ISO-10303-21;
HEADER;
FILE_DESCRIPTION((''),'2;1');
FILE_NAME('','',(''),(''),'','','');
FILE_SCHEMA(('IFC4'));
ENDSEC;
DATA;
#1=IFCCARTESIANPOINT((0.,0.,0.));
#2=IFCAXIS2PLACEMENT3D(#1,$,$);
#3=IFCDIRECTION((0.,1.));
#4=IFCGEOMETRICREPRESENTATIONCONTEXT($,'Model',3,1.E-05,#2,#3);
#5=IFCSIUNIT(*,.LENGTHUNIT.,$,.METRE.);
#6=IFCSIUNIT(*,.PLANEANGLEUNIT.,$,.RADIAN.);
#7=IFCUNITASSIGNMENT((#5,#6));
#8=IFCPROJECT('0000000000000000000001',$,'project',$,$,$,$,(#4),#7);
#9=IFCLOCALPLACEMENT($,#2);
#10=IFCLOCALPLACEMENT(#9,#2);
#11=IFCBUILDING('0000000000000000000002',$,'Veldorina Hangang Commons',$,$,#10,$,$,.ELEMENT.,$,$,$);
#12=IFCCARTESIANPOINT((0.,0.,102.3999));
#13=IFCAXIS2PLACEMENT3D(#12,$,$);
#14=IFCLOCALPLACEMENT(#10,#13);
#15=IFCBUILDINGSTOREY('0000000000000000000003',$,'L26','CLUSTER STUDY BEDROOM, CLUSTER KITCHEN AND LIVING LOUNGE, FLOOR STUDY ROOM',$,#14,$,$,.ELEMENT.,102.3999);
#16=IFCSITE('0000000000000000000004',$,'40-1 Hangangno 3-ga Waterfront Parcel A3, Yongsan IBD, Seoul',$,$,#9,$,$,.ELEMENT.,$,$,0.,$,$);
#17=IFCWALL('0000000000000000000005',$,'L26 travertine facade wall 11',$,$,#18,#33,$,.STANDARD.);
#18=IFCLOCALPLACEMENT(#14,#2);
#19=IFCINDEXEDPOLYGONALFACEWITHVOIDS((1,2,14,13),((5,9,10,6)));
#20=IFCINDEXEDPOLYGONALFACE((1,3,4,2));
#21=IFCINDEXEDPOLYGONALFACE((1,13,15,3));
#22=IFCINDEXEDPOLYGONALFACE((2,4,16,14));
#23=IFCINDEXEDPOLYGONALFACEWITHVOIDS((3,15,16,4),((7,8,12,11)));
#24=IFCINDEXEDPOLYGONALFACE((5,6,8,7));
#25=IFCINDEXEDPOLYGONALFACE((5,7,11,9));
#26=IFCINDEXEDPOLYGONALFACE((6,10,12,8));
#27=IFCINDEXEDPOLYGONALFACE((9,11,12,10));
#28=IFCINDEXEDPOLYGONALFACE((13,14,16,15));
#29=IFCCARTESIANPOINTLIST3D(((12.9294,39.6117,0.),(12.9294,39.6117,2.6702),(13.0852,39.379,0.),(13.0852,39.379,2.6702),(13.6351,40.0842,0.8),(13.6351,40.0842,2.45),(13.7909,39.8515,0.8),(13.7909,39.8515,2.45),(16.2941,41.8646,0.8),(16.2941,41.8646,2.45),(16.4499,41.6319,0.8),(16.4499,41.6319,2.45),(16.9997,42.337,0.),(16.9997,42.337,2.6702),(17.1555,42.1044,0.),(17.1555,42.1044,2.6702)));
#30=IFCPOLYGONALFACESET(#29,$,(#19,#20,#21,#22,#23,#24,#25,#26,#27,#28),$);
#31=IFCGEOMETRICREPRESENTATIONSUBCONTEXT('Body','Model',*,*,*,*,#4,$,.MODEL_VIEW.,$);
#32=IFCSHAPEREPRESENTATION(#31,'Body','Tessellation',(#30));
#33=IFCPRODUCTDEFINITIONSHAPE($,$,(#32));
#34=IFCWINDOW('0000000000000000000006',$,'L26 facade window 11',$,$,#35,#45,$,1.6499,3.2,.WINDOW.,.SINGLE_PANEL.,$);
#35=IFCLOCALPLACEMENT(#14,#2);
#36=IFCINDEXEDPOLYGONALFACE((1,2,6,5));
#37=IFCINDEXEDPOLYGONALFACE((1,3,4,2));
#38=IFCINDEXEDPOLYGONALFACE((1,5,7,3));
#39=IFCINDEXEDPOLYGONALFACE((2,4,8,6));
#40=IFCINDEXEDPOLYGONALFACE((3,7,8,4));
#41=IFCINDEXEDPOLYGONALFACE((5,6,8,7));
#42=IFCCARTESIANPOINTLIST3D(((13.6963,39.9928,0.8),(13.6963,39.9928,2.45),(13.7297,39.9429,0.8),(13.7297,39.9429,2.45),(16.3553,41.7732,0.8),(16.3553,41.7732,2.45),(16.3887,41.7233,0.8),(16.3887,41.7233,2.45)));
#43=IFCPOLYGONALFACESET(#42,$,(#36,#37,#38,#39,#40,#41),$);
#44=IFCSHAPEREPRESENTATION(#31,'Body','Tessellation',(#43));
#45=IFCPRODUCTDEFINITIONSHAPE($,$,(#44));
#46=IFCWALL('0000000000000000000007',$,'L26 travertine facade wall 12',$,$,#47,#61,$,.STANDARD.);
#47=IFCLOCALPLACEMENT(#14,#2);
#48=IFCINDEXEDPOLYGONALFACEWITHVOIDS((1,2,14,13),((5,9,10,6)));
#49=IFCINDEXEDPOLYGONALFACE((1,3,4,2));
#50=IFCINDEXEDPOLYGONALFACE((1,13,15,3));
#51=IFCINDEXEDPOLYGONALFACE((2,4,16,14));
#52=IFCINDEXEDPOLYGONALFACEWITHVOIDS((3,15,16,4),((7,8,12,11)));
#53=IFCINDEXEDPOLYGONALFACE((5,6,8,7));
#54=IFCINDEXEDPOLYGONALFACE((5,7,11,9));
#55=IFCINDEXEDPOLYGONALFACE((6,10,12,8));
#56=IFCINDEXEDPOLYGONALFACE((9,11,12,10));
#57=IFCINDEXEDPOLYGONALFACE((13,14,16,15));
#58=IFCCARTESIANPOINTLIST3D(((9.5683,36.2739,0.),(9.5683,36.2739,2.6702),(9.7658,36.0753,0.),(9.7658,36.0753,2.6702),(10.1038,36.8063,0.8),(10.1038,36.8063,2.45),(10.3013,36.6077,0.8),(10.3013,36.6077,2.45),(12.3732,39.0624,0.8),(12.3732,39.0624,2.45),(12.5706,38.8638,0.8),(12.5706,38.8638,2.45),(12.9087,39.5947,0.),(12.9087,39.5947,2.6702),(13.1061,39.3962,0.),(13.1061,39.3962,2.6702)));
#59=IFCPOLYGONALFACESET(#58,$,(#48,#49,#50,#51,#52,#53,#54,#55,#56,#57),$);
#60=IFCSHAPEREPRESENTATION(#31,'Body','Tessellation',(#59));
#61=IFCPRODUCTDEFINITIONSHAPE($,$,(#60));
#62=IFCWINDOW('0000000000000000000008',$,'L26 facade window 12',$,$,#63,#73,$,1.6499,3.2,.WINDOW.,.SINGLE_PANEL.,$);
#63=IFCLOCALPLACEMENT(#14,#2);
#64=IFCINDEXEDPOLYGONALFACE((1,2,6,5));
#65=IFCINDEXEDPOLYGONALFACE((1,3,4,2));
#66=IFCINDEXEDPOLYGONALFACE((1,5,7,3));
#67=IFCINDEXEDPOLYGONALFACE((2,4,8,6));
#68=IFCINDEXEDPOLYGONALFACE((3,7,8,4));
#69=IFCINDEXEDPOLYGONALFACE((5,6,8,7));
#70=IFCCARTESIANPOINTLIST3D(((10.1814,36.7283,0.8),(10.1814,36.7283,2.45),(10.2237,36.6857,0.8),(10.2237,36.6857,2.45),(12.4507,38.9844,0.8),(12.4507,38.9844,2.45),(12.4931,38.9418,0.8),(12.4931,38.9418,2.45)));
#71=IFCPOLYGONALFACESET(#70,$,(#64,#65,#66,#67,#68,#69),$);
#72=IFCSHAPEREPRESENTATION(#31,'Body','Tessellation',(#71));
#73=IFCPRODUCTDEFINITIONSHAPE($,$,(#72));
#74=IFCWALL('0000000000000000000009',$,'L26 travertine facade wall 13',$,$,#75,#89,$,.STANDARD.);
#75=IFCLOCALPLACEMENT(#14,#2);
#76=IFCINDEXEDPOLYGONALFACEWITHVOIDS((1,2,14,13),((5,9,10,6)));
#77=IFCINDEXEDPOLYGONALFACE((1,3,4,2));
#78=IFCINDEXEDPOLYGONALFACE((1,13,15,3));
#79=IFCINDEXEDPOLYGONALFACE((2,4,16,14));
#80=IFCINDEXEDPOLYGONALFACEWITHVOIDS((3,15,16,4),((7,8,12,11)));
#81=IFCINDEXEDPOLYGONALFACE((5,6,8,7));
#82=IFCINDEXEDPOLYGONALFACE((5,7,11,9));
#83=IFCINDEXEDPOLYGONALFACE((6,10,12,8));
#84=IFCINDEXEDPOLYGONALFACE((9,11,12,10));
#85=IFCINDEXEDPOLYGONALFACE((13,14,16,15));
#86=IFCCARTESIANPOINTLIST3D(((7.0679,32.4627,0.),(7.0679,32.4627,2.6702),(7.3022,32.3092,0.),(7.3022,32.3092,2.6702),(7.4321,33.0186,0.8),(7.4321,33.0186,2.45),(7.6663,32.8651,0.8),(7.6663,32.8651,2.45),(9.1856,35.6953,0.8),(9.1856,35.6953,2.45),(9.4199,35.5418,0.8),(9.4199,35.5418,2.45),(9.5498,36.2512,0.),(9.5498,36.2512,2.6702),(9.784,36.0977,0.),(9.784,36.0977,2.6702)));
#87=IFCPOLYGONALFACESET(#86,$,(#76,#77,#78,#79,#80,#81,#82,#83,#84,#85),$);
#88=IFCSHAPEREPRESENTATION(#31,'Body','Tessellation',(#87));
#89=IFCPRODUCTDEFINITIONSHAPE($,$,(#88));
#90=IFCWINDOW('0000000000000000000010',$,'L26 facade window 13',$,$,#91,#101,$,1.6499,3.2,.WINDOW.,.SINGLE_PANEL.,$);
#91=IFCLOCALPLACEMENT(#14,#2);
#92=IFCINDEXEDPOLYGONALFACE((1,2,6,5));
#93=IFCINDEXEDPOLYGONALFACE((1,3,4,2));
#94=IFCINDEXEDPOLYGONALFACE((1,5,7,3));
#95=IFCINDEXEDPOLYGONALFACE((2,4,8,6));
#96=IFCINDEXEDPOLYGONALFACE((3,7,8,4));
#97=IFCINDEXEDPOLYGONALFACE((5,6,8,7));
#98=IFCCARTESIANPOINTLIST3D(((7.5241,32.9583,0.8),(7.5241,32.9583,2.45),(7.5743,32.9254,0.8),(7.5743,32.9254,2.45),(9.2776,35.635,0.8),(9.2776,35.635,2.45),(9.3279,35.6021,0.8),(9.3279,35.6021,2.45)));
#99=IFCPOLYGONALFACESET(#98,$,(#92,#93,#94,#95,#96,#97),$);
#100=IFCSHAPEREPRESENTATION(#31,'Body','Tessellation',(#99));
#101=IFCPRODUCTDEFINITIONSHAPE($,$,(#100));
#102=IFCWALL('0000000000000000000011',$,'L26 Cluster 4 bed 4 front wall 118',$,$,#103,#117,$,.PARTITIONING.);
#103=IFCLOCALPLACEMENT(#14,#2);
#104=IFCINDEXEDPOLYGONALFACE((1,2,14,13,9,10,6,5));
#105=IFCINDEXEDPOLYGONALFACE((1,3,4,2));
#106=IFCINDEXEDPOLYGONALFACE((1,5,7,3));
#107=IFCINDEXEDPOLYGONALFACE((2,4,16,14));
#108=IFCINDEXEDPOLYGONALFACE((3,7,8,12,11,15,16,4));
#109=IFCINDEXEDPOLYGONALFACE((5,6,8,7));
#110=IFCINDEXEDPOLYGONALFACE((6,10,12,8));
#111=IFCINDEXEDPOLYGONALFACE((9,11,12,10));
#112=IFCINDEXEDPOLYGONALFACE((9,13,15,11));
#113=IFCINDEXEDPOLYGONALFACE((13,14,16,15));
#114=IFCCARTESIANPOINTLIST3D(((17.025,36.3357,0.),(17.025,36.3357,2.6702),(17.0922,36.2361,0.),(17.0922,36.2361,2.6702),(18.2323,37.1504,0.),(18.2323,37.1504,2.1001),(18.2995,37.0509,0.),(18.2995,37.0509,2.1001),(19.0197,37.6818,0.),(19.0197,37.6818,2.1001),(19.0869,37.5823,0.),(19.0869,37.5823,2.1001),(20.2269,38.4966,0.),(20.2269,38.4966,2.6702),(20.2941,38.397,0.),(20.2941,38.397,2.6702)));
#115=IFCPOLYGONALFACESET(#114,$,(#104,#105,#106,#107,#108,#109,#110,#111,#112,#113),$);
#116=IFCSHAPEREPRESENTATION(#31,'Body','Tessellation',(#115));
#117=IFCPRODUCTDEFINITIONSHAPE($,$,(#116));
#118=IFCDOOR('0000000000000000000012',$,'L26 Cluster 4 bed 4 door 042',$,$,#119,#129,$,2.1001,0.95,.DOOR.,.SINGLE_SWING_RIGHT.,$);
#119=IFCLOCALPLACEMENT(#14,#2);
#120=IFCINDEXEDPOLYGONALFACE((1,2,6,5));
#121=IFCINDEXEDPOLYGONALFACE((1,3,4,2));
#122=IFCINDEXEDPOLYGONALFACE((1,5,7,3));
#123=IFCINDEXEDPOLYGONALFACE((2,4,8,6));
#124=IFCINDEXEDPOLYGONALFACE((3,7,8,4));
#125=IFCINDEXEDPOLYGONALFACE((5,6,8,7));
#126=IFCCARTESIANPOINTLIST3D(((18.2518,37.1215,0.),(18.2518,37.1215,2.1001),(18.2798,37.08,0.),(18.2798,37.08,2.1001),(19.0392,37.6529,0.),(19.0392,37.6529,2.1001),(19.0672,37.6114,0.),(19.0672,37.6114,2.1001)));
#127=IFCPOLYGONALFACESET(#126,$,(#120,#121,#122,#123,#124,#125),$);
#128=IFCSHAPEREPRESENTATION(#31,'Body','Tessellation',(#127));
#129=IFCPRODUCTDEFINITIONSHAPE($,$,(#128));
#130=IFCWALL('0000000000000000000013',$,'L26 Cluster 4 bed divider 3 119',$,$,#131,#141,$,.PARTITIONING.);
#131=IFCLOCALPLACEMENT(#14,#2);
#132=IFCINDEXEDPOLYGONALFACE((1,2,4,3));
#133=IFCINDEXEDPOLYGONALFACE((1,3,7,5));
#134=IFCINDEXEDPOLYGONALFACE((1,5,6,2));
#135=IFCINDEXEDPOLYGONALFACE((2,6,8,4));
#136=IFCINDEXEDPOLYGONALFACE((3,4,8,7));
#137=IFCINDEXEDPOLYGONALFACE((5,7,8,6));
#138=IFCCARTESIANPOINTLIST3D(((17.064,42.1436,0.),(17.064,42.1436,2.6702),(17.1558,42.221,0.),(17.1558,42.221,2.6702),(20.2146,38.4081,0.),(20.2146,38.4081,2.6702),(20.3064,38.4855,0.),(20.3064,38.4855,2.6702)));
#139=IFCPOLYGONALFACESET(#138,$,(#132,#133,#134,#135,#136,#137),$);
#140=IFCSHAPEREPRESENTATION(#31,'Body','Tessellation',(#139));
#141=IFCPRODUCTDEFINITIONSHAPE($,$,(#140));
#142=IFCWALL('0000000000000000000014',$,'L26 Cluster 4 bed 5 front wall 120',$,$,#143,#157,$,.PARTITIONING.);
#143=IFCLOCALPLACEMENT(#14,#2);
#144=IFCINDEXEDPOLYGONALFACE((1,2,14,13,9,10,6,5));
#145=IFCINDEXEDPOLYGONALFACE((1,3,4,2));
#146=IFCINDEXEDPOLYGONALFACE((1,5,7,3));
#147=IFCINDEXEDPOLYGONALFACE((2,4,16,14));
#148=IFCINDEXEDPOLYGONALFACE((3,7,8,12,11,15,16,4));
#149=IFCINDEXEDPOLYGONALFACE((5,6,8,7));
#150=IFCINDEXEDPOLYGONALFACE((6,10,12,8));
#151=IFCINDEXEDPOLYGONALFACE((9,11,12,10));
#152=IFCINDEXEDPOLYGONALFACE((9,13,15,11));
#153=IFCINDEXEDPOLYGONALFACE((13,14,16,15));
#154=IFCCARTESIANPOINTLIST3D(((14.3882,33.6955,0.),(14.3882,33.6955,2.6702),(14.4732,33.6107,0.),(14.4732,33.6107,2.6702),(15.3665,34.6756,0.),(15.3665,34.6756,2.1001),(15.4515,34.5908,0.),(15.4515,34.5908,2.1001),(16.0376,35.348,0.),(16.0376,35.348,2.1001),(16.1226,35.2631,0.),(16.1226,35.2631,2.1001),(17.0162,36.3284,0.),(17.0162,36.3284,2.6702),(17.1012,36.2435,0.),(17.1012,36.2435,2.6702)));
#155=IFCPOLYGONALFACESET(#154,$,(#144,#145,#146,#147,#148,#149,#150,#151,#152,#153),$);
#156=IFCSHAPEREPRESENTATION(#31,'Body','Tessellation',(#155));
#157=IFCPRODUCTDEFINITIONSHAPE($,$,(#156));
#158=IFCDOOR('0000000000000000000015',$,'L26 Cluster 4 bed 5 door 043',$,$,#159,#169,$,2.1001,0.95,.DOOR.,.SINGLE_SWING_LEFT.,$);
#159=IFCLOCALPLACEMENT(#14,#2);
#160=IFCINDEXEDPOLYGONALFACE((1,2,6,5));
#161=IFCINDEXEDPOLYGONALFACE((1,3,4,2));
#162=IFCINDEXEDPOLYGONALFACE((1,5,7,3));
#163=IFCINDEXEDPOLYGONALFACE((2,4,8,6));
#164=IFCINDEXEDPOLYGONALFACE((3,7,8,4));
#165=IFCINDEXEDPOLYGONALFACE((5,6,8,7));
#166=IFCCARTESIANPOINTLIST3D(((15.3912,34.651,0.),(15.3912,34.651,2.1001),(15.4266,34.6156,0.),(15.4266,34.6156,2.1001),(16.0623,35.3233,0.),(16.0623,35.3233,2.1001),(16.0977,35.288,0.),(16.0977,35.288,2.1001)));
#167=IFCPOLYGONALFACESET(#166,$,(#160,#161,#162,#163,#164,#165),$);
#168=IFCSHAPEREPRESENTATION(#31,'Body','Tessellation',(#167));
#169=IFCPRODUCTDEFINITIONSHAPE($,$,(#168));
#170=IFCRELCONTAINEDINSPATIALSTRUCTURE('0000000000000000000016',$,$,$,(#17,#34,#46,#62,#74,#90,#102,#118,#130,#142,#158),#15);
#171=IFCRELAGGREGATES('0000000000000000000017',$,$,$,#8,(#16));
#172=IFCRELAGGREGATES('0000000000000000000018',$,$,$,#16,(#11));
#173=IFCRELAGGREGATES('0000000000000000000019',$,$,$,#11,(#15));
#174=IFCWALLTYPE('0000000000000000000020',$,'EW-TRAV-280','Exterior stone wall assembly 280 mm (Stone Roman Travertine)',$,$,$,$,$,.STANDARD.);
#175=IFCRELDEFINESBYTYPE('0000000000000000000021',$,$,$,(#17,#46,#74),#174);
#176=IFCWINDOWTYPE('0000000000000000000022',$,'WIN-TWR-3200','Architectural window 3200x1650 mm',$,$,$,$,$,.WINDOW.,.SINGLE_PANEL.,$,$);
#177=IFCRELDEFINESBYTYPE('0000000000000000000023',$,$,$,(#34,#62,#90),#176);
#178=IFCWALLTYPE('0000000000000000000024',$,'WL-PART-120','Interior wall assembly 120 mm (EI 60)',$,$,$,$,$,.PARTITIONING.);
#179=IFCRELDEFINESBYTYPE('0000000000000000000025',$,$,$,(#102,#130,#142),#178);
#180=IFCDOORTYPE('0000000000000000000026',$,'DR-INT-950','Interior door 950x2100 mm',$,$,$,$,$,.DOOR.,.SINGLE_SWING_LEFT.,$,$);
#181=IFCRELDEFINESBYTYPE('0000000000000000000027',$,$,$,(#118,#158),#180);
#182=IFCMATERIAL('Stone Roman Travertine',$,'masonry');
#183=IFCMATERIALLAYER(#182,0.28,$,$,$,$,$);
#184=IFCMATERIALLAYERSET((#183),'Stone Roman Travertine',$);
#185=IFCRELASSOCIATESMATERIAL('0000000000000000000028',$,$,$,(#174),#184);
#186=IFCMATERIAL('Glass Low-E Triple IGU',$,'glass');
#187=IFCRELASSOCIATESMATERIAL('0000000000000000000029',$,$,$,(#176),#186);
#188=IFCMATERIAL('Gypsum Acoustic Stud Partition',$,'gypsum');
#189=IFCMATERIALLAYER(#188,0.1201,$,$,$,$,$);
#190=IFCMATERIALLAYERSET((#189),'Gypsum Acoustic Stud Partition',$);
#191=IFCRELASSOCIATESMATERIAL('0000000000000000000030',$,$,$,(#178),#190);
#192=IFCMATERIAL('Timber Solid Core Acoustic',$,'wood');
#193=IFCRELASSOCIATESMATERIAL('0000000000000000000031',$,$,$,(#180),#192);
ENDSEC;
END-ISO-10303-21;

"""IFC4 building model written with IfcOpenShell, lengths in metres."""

from ifc_helpers import new_model, si_unit, direction, frame, frame_2d, origin, place, context, subcontext, project, spatial, rectangle, extrude, material, layer, layer_set, type_object, element, fill, save


model = new_model("IFC4")

# Units and contexts
model_context = context("Model", 3, precision=1e-05, world=origin(), true_north=direction((0.0, 1.0)))
body_context = subcontext(model_context, "Body", "Model", "MODEL_VIEW")
ifc_project = project(units=[si_unit("LENGTHUNIT", "METRE"), si_unit("PLANEANGLEUNIT", "RADIAN")], contexts=[model_context])

# Site, building, storey
site_placement = place(None, origin())
site = spatial("IfcSite", under=ifc_project, at=site_placement, Name="40-1 Hangangno 3-ga Waterfront Parcel A3, Yongsan IBD, Seoul", CompositionType="ELEMENT", RefElevation=0.0)
building_placement = place(site_placement, origin())
building = spatial("IfcBuilding", under=site, at=building_placement, Name="Veldorina Hangang Commons", CompositionType="ELEMENT")
storey_placement = place(building_placement, frame((0.0, 0.0, 102.3999)))
storey = spatial("IfcBuildingStorey", under=building, at=storey_placement, Name="L26", Description="CLUSTER STUDY BEDROOM, CLUSTER KITCHEN AND LIVING LOUNGE, FLOOR STUDY ROOM", CompositionType="ELEMENT", Elevation=102.3999)

# Walls, openings, windows
ifc_material_1 = material(Name="Stone Roman Travertine", Category="masonry")
ifc_layer_1 = layer(ifc_material_1, 0.28)
ifc_layer_set_1 = layer_set([ifc_layer_1], Name="Stone Roman Travertine")
wall_type_1 = type_object("IfcWallType", Name="EW-TRAV-280", Description="Exterior stone wall assembly 280 mm (Stone Roman Travertine)", PredefinedType="STANDARD", material=ifc_layer_set_1)
wall_1_placement = place(storey_placement, frame((17.0776, 42.2207, 0.0), z_axis=(0.0, 0.0, 1.0), x_axis=(-0.830937, -0.556367, 0.0)))
wall_1 = element("IfcWall", 1, at=wall_1_placement, inside=storey, type_object=wall_type_1, Name="L26 travertine facade wall 11", PredefinedType="STANDARD", context=body_context, shape_type="SweptSolid", body=[
    extrude(rectangle(XDim=4.8984, YDim=0.28, at=frame_2d((2.4492, 0.0))), origin(), (0.0, 0.0, 1.0), 2.6702),
])
opening_1_placement = place(wall_1_placement, frame((0.8491, 0.0, 0.8)))
opening_1 = element("IfcOpeningElement", 2, at=opening_1_placement, cuts=wall_1, PredefinedType="OPENING", context=body_context, shape_type="SweptSolid", body=[
    extrude(rectangle(XDim=3.2, YDim=1.6499, at=frame_2d((1.6001, 0.825))), frame((0.0, 0.1499, 0.0), z_axis=(0.0, -1.0, 0.0), x_axis=(1.0, 0.0, 0.0)), (0.0, 0.0, 1.0), 0.3),
])
ifc_material_2 = material(Name="Glass Low-E Triple IGU", Category="glass")
window_type = type_object("IfcWindowType", Name="WIN-TWR-3200", Description="Architectural window 3200x1650 mm", PartitioningType="SINGLE_PANEL", PredefinedType="WINDOW", material=ifc_material_2)
window_1_placement = place(opening_1_placement, origin())
window_1 = element("IfcWindow", 3, at=window_1_placement, inside=storey, type_object=window_type, Name="L26 facade window 11", OverallHeight=1.6499, OverallWidth=3.2, PartitioningType="SINGLE_PANEL", PredefinedType="WINDOW", context=body_context, shape_type="SweptSolid", body=[
    extrude(rectangle(XDim=3.2, YDim=1.6499, at=frame_2d((1.6001, 0.825))), frame((0.0, 0.03, 0.0), z_axis=(0.0, -1.0, 0.0), x_axis=(1.0, 0.0, 0.0)), (0.0, 0.0, 1.0), 0.0601),
])
fill(opening_1, window_1)
wall_2_placement = place(storey_placement, frame((13.0073, 39.4954, 0.0), z_axis=(0.0, 0.0, 1.0), x_axis=(-0.709177, -0.70503, 0.0)))
wall_2 = element("IfcWall", 4, at=wall_2_placement, inside=storey, type_object=wall_type_1, Name="L26 travertine facade wall 12", PredefinedType="STANDARD", context=body_context, shape_type="SweptSolid", body=[
    extrude(rectangle(XDim=4.7102, YDim=0.28, at=frame_2d((2.355, 0.0))), origin(), (0.0, 0.0, 1.0), 2.6702),
])
opening_2_placement = place(wall_2_placement, frame((0.7549, 0.0, 0.8)))
opening_2 = element("IfcOpeningElement", 5, at=opening_2_placement, cuts=wall_2, PredefinedType="OPENING", context=body_context, shape_type="SweptSolid", body=[
    extrude(rectangle(XDim=3.2, YDim=1.6499, at=frame_2d((1.6001, 0.825))), frame((0.0, 0.1499, 0.0), z_axis=(0.0, -1.0, 0.0), x_axis=(1.0, 0.0, 0.0)), (0.0, 0.0, 1.0), 0.3),
])
window_2_placement = place(opening_2_placement, origin())
window_2 = element("IfcWindow", 6, at=window_2_placement, inside=storey, type_object=window_type, Name="L26 facade window 12", OverallHeight=1.6499, OverallWidth=3.2, PartitioningType="SINGLE_PANEL", PredefinedType="WINDOW", context=body_context, shape_type="SweptSolid", body=[
    extrude(rectangle(XDim=3.2, YDim=1.6499, at=frame_2d((1.6001, 0.825))), frame((0.0, 0.03, 0.0), z_axis=(0.0, -1.0, 0.0), x_axis=(1.0, 0.0, 0.0)), (0.0, 0.0, 1.0), 0.0601),
])
fill(opening_2, window_2)
wall_3_placement = place(storey_placement, frame((9.667, 36.1746, 0.0), z_axis=(0.0, 0.0, 1.0), x_axis=(-0.54799, -0.836485, 0.0)))
wall_3 = element("IfcWall", 7, at=wall_3_placement, inside=storey, type_object=wall_type_1, Name="L26 travertine facade wall 13", PredefinedType="STANDARD", context=body_context, shape_type="SweptSolid", body=[
    extrude(rectangle(XDim=4.5291, YDim=0.28, at=frame_2d((2.2646, 0.0))), origin(), (0.0, 0.0, 1.0), 2.6702),
])
opening_3_placement = place(wall_3_placement, frame((0.6646, 0.0, 0.8)))
opening_3 = element("IfcOpeningElement", 8, at=opening_3_placement, cuts=wall_3, PredefinedType="OPENING", context=body_context, shape_type="SweptSolid", body=[
    extrude(rectangle(XDim=3.2, YDim=1.6499, at=frame_2d((1.6001, 0.825))), frame((0.0, 0.1499, 0.0), z_axis=(0.0, -1.0, 0.0), x_axis=(1.0, 0.0, 0.0)), (0.0, 0.0, 1.0), 0.3),
])
window_3_placement = place(opening_3_placement, origin())
window_3 = element("IfcWindow", 9, at=window_3_placement, inside=storey, type_object=window_type, Name="L26 facade window 13", OverallHeight=1.6499, OverallWidth=3.2, PartitioningType="SINGLE_PANEL", PredefinedType="WINDOW", context=body_context, shape_type="SweptSolid", body=[
    extrude(rectangle(XDim=3.2, YDim=1.6499, at=frame_2d((1.6001, 0.825))), frame((0.0, 0.03, 0.0), z_axis=(0.0, -1.0, 0.0), x_axis=(1.0, 0.0, 0.0)), (0.0, 0.0, 1.0), 0.0601),
])
fill(opening_3, window_3)

# Wall, opening, door
ifc_material_3 = material(Name="Gypsum Acoustic Stud Partition", Category="gypsum")
ifc_layer_2 = layer(ifc_material_3, 0.1201)
ifc_layer_set_2 = layer_set([ifc_layer_2], Name="Gypsum Acoustic Stud Partition")
wall_type_2 = type_object("IfcWallType", Name="WL-PART-120", Description="Interior wall assembly 120 mm (EI 60)", PredefinedType="PARTITIONING", material=ifc_layer_set_2)
wall_4_placement = place(storey_placement, frame((20.2605, 38.4468, 0.0), z_axis=(0.0, 0.0, 1.0), x_axis=(-0.828896, -0.559402, 0.0)))
wall_4 = element("IfcWall", 10, at=wall_4_placement, inside=storey, type_object=wall_type_2, Name="L26 Cluster 4 bed 4 front wall 118", PredefinedType="PARTITIONING", context=body_context, shape_type="SweptSolid", body=[
    extrude(rectangle(XDim=3.8628, YDim=0.1201, at=frame_2d((1.9314, 0.0))), origin(), (0.0, 0.0, 1.0), 2.6702),
])
opening_4_placement = place(wall_4_placement, frame((1.4563, 0.0, 0.0)))
opening_4 = element("IfcOpeningElement", 11, at=opening_4_placement, cuts=wall_4, PredefinedType="OPENING", context=body_context, shape_type="SweptSolid", body=[
    extrude(rectangle(XDim=0.95, YDim=2.1001, at=frame_2d((0.4751, 1.05))), frame((0.0, 0.0701, 0.0), z_axis=(0.0, -1.0, 0.0), x_axis=(1.0, 0.0, 0.0)), (0.0, 0.0, 1.0), 0.1401),
])
ifc_material_4 = material(Name="Timber Solid Core Acoustic", Category="wood")
door_type = type_object("IfcDoorType", Name="DR-INT-950", Description="Interior door 950x2100 mm", OperationType="SINGLE_SWING_LEFT", PredefinedType="DOOR", material=ifc_material_4)
door_1_placement = place(opening_4_placement, origin())
door_1 = element("IfcDoor", 12, at=door_1_placement, inside=storey, type_object=door_type, Name="L26 Cluster 4 bed 4 door 042", OperationType="SINGLE_SWING_RIGHT", OverallHeight=2.1001, OverallWidth=0.95, PredefinedType="DOOR", context=body_context, shape_type="SweptSolid", body=[
    extrude(rectangle(XDim=0.95, YDim=2.1001, at=frame_2d((0.4751, 1.05))), frame((0.0, 0.0249, 0.0), z_axis=(0.0, -1.0, 0.0), x_axis=(1.0, 0.0, 0.0)), (0.0, 0.0, 1.0), 0.05),
])
fill(opening_4, door_1)

# Wall
wall_5_placement = place(storey_placement, frame((20.2605, 38.4468, 0.0), z_axis=(0.0, 0.0, 1.0), x_axis=(-0.644719, 0.76442, 0.0)))
element("IfcWall", 13, at=wall_5_placement, inside=storey, type_object=wall_type_2, Name="L26 Cluster 4 bed divider 3 119", PredefinedType="PARTITIONING", context=body_context, shape_type="SweptSolid", body=[
    extrude(rectangle(XDim=4.8867, YDim=0.1201, at=frame_2d((2.4434, 0.0))), origin(), (0.0, 0.0, 1.0), 2.6702),
])

# Wall, opening, door
wall_6_placement = place(storey_placement, frame((17.0586, 36.2859, 0.0), z_axis=(0.0, 0.0, 1.0), x_axis=(-0.70645, -0.707763, 0.0)))
wall_6 = element("IfcWall", 14, at=wall_6_placement, inside=storey, type_object=wall_type_2, Name="L26 Cluster 4 bed 5 front wall 120", PredefinedType="PARTITIONING", context=body_context, shape_type="SweptSolid", body=[
    extrude(rectangle(XDim=3.72, YDim=0.1201, at=frame_2d((1.8599, 0.0))), origin(), (0.0, 0.0, 1.0), 2.6702),
])
opening_5_placement = place(wall_6_placement, frame((1.385, 0.0, 0.0)))
opening_5 = element("IfcOpeningElement", 15, at=opening_5_placement, cuts=wall_6, PredefinedType="OPENING", context=body_context, shape_type="SweptSolid", body=[
    extrude(rectangle(XDim=0.95, YDim=2.1001, at=frame_2d((0.4751, 1.05))), frame((0.0, 0.0701, 0.0), z_axis=(0.0, -1.0, 0.0), x_axis=(1.0, 0.0, 0.0)), (0.0, 0.0, 1.0), 0.1401),
])
door_2_placement = place(opening_5_placement, origin())
door_2 = element("IfcDoor", 16, at=door_2_placement, inside=storey, type_object=door_type, Name="L26 Cluster 4 bed 5 door 043", OperationType="SINGLE_SWING_LEFT", OverallHeight=2.1001, OverallWidth=0.95, PredefinedType="DOOR", context=body_context, shape_type="SweptSolid", body=[
    extrude(rectangle(XDim=0.95, YDim=2.1001, at=frame_2d((0.4751, 1.05))), frame((0.0, 0.0249, 0.0), z_axis=(0.0, -1.0, 0.0), x_axis=(1.0, 0.0, 0.0)), (0.0, 0.0, 1.0), 0.05),
])
fill(opening_5, door_2)

save(model, "model.ifc")
